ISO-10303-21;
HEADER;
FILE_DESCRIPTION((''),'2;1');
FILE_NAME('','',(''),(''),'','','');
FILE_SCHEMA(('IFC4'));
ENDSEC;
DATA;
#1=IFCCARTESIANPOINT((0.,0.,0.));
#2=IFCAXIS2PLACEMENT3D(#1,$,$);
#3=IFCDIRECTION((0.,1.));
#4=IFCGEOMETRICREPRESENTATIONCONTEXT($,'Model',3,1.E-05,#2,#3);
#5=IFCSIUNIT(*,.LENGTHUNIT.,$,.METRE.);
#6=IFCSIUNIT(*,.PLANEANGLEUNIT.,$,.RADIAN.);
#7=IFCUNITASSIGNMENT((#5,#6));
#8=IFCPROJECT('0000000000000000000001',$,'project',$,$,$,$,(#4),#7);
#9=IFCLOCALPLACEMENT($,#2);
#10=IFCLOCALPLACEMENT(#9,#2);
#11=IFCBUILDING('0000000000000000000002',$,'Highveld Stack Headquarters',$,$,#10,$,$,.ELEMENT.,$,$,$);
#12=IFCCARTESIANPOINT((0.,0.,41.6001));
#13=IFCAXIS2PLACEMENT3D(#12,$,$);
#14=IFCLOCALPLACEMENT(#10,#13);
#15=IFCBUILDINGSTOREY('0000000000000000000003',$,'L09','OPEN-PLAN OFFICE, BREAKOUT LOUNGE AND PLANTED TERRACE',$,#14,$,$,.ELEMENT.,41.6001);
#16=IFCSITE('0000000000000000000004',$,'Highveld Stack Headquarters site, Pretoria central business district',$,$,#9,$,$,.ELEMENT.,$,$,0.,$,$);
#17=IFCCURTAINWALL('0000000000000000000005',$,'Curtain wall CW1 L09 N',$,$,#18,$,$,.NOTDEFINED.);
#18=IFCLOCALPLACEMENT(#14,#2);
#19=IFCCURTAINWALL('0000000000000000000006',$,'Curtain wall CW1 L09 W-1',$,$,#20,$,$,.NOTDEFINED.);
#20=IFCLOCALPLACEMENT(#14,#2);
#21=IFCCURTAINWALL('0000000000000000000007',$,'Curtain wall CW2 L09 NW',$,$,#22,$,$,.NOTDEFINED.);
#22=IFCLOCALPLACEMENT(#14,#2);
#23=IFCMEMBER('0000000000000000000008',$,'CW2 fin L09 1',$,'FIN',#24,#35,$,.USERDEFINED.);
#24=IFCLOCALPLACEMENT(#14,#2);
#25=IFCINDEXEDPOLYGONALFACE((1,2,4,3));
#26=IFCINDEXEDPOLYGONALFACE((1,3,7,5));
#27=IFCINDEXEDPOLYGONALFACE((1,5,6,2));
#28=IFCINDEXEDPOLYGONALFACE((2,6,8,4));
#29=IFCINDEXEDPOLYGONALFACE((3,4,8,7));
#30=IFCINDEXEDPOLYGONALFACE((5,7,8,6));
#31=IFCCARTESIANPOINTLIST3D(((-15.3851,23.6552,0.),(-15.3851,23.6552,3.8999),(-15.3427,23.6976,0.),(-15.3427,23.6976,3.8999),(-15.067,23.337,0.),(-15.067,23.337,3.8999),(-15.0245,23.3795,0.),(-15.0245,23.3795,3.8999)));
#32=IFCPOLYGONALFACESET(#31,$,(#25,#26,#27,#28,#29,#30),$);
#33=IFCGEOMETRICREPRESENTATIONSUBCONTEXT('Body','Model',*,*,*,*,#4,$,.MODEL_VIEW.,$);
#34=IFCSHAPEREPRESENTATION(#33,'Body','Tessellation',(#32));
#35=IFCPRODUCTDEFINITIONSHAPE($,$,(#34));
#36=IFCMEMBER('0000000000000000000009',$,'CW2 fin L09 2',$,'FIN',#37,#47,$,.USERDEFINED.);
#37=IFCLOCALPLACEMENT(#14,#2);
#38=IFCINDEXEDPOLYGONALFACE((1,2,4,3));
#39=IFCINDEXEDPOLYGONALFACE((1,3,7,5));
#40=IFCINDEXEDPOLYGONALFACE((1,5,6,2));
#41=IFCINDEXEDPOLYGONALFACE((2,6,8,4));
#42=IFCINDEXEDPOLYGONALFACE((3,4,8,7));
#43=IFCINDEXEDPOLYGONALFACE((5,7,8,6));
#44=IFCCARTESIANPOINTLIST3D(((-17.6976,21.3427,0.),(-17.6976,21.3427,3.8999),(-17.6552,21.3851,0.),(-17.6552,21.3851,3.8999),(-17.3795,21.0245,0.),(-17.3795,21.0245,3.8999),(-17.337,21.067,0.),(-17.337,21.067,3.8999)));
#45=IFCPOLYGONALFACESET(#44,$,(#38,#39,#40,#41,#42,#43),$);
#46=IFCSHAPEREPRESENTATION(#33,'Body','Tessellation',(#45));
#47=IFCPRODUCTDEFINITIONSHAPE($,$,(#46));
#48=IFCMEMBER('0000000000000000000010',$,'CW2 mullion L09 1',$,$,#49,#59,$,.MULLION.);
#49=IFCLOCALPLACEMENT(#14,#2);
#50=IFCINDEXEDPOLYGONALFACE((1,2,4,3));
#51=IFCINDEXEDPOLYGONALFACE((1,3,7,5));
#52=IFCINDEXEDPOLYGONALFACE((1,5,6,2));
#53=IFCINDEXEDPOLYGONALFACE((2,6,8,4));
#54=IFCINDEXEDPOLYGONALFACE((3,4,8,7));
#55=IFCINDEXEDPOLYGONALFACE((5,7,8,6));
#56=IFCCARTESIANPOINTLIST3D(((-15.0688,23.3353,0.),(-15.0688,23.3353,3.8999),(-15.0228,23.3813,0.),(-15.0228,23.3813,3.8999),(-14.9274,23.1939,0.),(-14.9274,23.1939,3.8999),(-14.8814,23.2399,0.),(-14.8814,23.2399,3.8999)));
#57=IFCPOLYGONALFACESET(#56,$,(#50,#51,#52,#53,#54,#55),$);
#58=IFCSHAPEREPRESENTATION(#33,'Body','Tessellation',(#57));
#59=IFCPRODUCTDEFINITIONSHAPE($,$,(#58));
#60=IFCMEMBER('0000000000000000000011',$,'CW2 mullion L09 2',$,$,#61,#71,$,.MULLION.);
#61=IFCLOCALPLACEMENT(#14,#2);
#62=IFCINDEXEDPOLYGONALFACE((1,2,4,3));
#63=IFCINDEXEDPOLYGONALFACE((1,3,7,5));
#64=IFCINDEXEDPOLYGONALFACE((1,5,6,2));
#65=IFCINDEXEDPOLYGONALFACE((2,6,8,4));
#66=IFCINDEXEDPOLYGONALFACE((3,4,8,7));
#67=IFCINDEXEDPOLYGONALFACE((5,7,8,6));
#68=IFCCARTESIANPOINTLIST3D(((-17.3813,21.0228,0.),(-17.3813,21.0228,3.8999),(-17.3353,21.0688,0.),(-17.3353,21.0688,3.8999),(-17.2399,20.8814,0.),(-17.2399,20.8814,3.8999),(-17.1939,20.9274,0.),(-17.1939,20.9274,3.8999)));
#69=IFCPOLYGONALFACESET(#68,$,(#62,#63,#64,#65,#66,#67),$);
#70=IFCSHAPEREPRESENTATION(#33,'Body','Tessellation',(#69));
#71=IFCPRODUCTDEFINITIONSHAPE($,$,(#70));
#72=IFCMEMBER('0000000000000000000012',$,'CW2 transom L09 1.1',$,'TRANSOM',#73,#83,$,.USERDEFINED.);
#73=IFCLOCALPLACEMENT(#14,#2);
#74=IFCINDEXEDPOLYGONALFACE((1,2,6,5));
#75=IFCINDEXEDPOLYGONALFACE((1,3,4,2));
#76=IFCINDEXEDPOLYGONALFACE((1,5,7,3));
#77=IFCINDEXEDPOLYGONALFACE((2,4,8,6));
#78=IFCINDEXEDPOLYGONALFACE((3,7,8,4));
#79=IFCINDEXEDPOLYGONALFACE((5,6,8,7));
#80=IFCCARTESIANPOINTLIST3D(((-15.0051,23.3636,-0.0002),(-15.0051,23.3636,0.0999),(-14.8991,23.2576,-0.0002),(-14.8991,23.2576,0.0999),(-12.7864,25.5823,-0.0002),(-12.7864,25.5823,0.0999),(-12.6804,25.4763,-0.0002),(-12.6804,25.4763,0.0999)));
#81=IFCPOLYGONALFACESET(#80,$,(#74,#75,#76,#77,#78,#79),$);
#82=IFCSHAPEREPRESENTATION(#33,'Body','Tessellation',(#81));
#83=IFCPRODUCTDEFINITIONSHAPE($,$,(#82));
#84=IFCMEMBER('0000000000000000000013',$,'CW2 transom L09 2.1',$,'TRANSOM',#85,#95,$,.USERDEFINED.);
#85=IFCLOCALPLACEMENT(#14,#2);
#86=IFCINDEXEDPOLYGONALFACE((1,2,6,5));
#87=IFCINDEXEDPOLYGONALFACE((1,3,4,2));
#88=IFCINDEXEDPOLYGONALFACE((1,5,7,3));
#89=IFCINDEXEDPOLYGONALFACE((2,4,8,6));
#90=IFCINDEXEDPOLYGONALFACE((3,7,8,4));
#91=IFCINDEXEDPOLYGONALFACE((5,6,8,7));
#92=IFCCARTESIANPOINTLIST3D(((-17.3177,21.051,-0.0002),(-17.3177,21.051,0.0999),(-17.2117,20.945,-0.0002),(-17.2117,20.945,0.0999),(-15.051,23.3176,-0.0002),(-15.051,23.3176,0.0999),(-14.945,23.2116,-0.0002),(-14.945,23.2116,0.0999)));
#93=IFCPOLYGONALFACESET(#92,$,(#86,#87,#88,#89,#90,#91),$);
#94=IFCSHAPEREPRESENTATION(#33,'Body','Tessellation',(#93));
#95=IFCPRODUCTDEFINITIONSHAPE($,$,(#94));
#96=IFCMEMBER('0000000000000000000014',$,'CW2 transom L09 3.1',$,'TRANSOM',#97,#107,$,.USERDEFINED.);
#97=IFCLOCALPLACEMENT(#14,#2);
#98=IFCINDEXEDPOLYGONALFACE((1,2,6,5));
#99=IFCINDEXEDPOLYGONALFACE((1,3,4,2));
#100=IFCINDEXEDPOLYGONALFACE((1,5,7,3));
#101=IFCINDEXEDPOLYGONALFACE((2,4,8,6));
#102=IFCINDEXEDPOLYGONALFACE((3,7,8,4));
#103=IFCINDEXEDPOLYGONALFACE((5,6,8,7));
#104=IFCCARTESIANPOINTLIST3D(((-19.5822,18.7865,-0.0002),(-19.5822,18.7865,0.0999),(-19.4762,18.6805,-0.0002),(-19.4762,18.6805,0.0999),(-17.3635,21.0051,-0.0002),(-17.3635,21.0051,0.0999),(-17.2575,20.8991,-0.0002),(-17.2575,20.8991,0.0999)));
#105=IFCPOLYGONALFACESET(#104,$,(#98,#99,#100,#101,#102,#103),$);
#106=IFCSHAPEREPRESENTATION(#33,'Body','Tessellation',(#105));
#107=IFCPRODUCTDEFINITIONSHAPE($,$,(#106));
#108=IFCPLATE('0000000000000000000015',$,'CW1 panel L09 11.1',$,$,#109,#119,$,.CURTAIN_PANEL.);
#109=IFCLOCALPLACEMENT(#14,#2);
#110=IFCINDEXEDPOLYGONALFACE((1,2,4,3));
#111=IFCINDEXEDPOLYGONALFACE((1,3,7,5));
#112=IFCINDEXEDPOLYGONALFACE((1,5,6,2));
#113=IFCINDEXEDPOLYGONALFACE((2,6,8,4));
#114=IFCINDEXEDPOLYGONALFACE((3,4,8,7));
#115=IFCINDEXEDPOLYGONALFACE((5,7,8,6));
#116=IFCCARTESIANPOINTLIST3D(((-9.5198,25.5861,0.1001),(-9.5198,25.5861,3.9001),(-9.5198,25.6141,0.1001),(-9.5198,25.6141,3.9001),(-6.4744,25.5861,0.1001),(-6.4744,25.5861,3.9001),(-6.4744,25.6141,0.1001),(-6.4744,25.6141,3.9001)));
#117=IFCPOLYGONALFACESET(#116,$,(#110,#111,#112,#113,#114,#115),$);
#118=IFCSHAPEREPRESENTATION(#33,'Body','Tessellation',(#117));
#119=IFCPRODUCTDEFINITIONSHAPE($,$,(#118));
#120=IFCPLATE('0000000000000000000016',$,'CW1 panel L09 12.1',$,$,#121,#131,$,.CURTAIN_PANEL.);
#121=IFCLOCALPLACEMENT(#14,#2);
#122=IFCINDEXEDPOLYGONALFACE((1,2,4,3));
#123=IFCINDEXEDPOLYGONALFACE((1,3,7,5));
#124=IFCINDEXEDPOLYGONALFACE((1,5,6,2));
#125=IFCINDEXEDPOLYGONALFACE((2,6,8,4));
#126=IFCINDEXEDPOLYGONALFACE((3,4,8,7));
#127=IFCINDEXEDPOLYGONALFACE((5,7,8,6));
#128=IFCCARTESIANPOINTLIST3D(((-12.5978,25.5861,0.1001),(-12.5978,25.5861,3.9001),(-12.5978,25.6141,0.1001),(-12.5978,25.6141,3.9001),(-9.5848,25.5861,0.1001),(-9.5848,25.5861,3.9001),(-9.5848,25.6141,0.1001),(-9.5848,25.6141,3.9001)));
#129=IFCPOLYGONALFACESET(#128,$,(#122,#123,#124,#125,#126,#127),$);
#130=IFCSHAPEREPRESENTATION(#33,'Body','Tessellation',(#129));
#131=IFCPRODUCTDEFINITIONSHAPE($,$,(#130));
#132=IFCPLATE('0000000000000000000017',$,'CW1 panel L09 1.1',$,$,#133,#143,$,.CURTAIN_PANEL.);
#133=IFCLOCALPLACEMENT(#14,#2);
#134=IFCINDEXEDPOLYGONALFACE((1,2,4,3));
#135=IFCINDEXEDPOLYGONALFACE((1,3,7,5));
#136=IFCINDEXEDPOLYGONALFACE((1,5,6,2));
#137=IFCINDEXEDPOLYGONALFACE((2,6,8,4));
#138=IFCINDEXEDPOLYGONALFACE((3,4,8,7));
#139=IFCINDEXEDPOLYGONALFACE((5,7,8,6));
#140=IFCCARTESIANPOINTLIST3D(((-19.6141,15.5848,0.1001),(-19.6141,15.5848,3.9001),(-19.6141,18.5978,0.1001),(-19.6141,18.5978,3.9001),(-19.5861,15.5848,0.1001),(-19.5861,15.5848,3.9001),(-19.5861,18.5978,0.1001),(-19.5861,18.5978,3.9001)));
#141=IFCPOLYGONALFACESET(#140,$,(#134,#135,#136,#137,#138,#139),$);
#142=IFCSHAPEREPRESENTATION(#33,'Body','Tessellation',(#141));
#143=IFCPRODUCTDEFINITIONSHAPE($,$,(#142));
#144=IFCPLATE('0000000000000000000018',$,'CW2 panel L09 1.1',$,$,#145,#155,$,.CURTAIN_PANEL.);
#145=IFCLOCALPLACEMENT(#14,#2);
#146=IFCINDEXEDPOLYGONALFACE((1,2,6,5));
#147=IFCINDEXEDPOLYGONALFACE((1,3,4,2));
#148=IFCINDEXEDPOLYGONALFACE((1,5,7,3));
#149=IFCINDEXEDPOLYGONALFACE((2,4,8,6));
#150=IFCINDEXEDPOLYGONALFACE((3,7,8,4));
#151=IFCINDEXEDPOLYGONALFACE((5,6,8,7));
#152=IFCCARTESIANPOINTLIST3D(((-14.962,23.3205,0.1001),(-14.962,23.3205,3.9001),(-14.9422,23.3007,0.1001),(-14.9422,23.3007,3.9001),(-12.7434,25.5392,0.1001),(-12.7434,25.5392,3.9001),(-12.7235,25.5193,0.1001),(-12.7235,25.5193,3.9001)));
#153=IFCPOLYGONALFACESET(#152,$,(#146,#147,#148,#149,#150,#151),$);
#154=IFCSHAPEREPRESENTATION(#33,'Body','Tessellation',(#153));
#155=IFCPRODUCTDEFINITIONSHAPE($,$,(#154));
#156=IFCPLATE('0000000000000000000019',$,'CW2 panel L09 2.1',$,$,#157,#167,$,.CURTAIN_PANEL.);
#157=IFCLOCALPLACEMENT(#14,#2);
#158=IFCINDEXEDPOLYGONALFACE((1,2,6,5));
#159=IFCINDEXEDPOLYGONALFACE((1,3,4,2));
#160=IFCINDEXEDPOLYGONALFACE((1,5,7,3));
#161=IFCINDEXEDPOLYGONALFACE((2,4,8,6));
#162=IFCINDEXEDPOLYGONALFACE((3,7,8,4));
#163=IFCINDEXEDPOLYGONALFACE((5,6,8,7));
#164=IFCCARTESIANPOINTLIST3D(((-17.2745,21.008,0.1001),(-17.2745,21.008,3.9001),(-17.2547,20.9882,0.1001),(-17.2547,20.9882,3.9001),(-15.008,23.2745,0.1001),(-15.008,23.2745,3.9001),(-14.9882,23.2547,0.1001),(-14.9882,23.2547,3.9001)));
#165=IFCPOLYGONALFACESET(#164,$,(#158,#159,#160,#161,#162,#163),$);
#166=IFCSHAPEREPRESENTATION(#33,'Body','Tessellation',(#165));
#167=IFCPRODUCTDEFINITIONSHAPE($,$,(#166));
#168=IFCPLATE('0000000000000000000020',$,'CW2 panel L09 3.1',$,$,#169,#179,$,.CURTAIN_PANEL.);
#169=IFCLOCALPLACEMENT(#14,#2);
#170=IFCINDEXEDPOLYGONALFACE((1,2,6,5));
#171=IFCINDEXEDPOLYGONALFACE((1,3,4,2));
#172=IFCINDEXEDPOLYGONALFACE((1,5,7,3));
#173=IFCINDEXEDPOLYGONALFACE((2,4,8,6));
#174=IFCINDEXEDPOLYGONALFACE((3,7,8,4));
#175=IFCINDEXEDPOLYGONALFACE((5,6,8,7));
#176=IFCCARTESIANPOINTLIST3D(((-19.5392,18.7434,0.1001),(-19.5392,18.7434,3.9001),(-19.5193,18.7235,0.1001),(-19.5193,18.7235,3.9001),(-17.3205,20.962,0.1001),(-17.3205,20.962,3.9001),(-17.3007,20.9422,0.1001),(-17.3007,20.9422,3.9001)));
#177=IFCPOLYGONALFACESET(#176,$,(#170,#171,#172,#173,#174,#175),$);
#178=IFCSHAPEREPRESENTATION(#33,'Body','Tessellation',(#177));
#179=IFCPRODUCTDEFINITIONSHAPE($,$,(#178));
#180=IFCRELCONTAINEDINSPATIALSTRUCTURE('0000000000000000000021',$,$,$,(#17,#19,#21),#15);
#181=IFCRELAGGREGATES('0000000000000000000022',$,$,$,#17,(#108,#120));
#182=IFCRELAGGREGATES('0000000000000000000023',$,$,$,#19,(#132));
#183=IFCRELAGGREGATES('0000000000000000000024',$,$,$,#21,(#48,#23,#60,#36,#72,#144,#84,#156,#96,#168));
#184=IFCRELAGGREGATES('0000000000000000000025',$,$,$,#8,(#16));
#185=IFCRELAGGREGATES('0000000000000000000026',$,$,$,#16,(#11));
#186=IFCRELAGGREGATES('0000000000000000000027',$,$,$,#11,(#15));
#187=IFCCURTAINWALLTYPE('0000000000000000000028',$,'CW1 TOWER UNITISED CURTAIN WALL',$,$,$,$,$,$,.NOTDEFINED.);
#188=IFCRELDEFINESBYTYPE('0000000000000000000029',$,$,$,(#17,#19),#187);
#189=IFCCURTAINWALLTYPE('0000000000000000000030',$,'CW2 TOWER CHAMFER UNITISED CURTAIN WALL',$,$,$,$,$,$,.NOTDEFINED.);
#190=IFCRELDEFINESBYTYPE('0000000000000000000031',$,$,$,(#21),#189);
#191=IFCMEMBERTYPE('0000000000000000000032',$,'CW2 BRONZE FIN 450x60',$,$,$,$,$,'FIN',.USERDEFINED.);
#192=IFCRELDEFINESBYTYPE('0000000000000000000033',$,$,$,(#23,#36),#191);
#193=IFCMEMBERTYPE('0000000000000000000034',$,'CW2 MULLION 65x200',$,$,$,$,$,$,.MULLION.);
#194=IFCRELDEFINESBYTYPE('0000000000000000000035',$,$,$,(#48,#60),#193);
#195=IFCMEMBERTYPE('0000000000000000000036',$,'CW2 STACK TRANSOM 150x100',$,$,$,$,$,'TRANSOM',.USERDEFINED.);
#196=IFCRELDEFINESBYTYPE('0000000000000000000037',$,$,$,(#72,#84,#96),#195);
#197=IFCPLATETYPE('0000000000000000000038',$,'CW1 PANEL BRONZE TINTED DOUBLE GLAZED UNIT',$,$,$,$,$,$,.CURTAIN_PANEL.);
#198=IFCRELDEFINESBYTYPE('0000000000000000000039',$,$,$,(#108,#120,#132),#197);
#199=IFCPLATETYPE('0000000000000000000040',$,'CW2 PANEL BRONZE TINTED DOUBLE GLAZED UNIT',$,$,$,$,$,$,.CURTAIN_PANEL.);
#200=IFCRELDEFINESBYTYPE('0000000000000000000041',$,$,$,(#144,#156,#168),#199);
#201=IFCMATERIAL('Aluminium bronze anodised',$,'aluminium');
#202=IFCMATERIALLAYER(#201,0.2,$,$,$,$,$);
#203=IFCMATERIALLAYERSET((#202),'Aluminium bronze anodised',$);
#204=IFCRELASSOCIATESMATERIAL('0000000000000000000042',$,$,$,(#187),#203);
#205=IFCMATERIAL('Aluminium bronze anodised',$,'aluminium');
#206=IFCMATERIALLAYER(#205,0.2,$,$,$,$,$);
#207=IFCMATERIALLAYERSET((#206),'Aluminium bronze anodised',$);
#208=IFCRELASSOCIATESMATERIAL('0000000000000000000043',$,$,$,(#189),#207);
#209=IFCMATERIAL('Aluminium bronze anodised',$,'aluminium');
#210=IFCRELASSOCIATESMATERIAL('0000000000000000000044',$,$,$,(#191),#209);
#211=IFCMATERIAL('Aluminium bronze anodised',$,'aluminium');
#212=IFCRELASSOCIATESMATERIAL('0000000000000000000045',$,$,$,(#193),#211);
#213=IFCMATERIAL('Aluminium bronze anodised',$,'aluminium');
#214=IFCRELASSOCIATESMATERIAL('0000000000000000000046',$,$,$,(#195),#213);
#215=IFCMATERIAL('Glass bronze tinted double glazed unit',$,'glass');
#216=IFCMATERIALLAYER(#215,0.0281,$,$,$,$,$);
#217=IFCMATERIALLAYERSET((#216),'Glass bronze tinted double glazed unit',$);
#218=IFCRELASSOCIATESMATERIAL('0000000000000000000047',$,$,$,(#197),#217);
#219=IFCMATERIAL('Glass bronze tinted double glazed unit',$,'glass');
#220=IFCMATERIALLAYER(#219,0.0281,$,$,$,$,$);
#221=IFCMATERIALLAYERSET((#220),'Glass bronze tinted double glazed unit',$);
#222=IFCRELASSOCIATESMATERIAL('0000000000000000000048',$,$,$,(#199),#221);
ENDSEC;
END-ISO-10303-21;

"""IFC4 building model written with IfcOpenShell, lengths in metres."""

from ifc_helpers import new_model, si_unit, direction, frame, origin, origin_2d, place, context, subcontext, project, spatial, rectangle, extrude, material, layer, layer_set, material_profile, profile_set, type_object, element, aggregate, save


model = new_model("IFC4")

# Units and contexts
model_context = context("Model", 3, precision=1e-05, world=origin(), true_north=direction((0.0, 1.0)))
body_context = subcontext(model_context, "Body", "Model", "MODEL_VIEW")
ifc_project = project(units=[si_unit("LENGTHUNIT", "METRE"), si_unit("PLANEANGLEUNIT", "RADIAN")], contexts=[model_context])

# Site, building, storey
site_placement = place(None, origin())
site = spatial("IfcSite", under=ifc_project, at=site_placement, Name="Highveld Stack Headquarters site, Pretoria central business district", CompositionType="ELEMENT", RefElevation=0.0)
building_placement = place(site_placement, origin())
building = spatial("IfcBuilding", under=site, at=building_placement, Name="Highveld Stack Headquarters", CompositionType="ELEMENT")
storey_placement = place(building_placement, frame((0.0, 0.0, 41.6001)))
storey = spatial("IfcBuildingStorey", under=building, at=storey_placement, Name="L09", Description="OPEN-PLAN OFFICE, BREAKOUT LOUNGE AND PLANTED TERRACE", CompositionType="ELEMENT", Elevation=41.6001)

# Curtain walls
ifc_material_1 = material(Name="Aluminium bronze anodised", Category="aluminium")
ifc_layer_1 = layer(ifc_material_1, 0.2)
ifc_layer_set_1 = layer_set([ifc_layer_1], Name="Aluminium bronze anodised")
curtain_wall_type_1 = type_object("IfcCurtainWallType", Name="CW1 TOWER UNITISED CURTAIN WALL", PredefinedType="NOTDEFINED", material=ifc_layer_set_1)
curtain_wall_1_placement = place(storey_placement, origin())
curtain_wall_1 = element("IfcCurtainWall", 1, at=curtain_wall_1_placement, inside=storey, type_object=curtain_wall_type_1, Name="Curtain wall CW1 L09 N", PredefinedType="NOTDEFINED")
curtain_wall_2_placement = place(storey_placement, origin())
curtain_wall_2 = element("IfcCurtainWall", 2, at=curtain_wall_2_placement, inside=storey, type_object=curtain_wall_type_1, Name="Curtain wall CW1 L09 W-1", PredefinedType="NOTDEFINED")

# Curtain wall, members
ifc_material_2 = material(Name="Aluminium bronze anodised", Category="aluminium")
ifc_layer_2 = layer(ifc_material_2, 0.2)
ifc_layer_set_2 = layer_set([ifc_layer_2], Name="Aluminium bronze anodised")
curtain_wall_type_2 = type_object("IfcCurtainWallType", Name="CW2 TOWER CHAMFER UNITISED CURTAIN WALL", PredefinedType="NOTDEFINED", material=ifc_layer_set_2)
curtain_wall_3_placement = place(storey_placement, origin())
curtain_wall_3 = element("IfcCurtainWall", 3, at=curtain_wall_3_placement, inside=storey, type_object=curtain_wall_type_2, Name="Curtain wall CW2 L09 NW", PredefinedType="NOTDEFINED")
ifc_material_3 = material(Name="Aluminium bronze anodised", Category="aluminium")
ifc_material_profile_1 = material_profile(ifc_material_3, rectangle(XDim=0.45, YDim=0.0601, at=origin_2d()), Name="FIN 450x60")
ifc_profile_set_1 = profile_set([ifc_material_profile_1], Name="Aluminium bronze anodised")
member_type_1 = type_object("IfcMemberType", Name="CW2 BRONZE FIN 450x60", ElementType="FIN", PredefinedType="USERDEFINED", material=ifc_profile_set_1)
member_1_placement = place(storey_placement, frame((-15.2048, 23.5173, 0.0), z_axis=(0.0, 0.0, 1.0), x_axis=(0.707107, -0.707107, 0.0)))
member_1 = element("IfcMember", 4, at=member_1_placement, type_object=member_type_1, Name="CW2 fin L09 1", ObjectType="FIN", PredefinedType="USERDEFINED", context=body_context, shape_type="SweptSolid", body=[
    extrude(rectangle(XDim=0.45, YDim=0.0601, at=origin_2d()), origin(), (0.0, 0.0, 1.0), 3.8999),
])
member_2_placement = place(storey_placement, frame((-17.5173, 21.2048, 0.0), z_axis=(0.0, 0.0, 1.0), x_axis=(0.707107, -0.707107, 0.0)))
member_2 = element("IfcMember", 5, at=member_2_placement, type_object=member_type_1, Name="CW2 fin L09 2", ObjectType="FIN", PredefinedType="USERDEFINED", context=body_context, shape_type="SweptSolid", body=[
    extrude(rectangle(XDim=0.45, YDim=0.0601, at=origin_2d()), origin(), (0.0, 0.0, 1.0), 3.8999),
])
ifc_material_4 = material(Name="Aluminium bronze anodised", Category="aluminium")
ifc_material_profile_2 = material_profile(ifc_material_4, rectangle(XDim=0.2, YDim=0.0649, at=origin_2d()), Name="CW2 MULLION 65x200")
ifc_profile_set_2 = profile_set([ifc_material_profile_2], Name="Aluminium bronze anodised")
member_type_2 = type_object("IfcMemberType", Name="CW2 MULLION 65x200", PredefinedType="MULLION", material=ifc_profile_set_2)
member_3_placement = place(storey_placement, frame((-14.9751, 23.2876, 0.0), z_axis=(0.0, 0.0, 1.0), x_axis=(0.707107, -0.707107, 0.0)))
member_3 = element("IfcMember", 6, at=member_3_placement, type_object=member_type_2, Name="CW2 mullion L09 1", PredefinedType="MULLION", context=body_context, shape_type="SweptSolid", body=[
    extrude(rectangle(XDim=0.2, YDim=0.0649, at=origin_2d()), origin(), (0.0, 0.0, 1.0), 3.8999),
])
member_4_placement = place(storey_placement, frame((-17.2876, 20.9751, 0.0), z_axis=(0.0, 0.0, 1.0), x_axis=(0.707107, -0.707107, 0.0)))
member_4 = element("IfcMember", 7, at=member_4_placement, type_object=member_type_2, Name="CW2 mullion L09 2", PredefinedType="MULLION", context=body_context, shape_type="SweptSolid", body=[
    extrude(rectangle(XDim=0.2, YDim=0.0649, at=origin_2d()), origin(), (0.0, 0.0, 1.0), 3.8999),
])
ifc_material_5 = material(Name="Aluminium bronze anodised", Category="aluminium")
ifc_material_profile_3 = material_profile(ifc_material_5, rectangle(XDim=0.1499, YDim=0.1001, at=origin_2d()), Name="CW2 TRANSOM 150x100")
ifc_profile_set_3 = profile_set([ifc_material_profile_3], Name="Aluminium bronze anodised")
member_type_3 = type_object("IfcMemberType", Name="CW2 STACK TRANSOM 150x100", ElementType="TRANSOM", PredefinedType="USERDEFINED", material=ifc_profile_set_3)
member_5_placement = place(storey_placement, frame((-12.7334, 25.5293, 0.0498), z_axis=(-0.707107, -0.707107, 0.0), x_axis=(0.707107, -0.707107, 0.0)))
member_5 = element("IfcMember", 8, at=member_5_placement, type_object=member_type_3, Name="CW2 transom L09 1.1", ObjectType="TRANSOM", PredefinedType="USERDEFINED", context=body_context, shape_type="SweptSolid", body=[
    extrude(rectangle(XDim=0.1499, YDim=0.1001, at=origin_2d()), origin(), (0.0, 0.0, 1.0), 3.1377),
])
member_6_placement = place(storey_placement, frame((-14.998, 23.2646, 0.0498), z_axis=(-0.707107, -0.707107, 0.0), x_axis=(0.707107, -0.707107, 0.0)))
member_6 = element("IfcMember", 9, at=member_6_placement, type_object=member_type_3, Name="CW2 transom L09 2.1", ObjectType="TRANSOM", PredefinedType="USERDEFINED", context=body_context, shape_type="SweptSolid", body=[
    extrude(rectangle(XDim=0.1499, YDim=0.1001, at=origin_2d()), origin(), (0.0, 0.0, 1.0), 3.2056),
])
member_7_placement = place(storey_placement, frame((-17.3105, 20.9521, 0.0498), z_axis=(-0.707107, -0.707107, 0.0), x_axis=(0.707107, -0.707107, 0.0)))
member_7 = element("IfcMember", 10, at=member_7_placement, type_object=member_type_3, Name="CW2 transom L09 3.1", ObjectType="TRANSOM", PredefinedType="USERDEFINED", context=body_context, shape_type="SweptSolid", body=[
    extrude(rectangle(XDim=0.1499, YDim=0.1001, at=origin_2d()), origin(), (0.0, 0.0, 1.0), 3.1377),
])

# Plates
ifc_material_6 = material(Name="Glass bronze tinted double glazed unit", Category="glass")
ifc_layer_3 = layer(ifc_material_6, 0.0281)
ifc_layer_set_3 = layer_set([ifc_layer_3], Name="Glass bronze tinted double glazed unit")
plate_type_1 = type_object("IfcPlateType", Name="CW1 PANEL BRONZE TINTED DOUBLE GLAZED UNIT", PredefinedType="CURTAIN_PANEL", material=ifc_layer_set_3)
plate_1_placement = place(storey_placement, frame((-7.9971, 25.6001, 0.1001), z_axis=(0.0, 0.0, 1.0), x_axis=(-1.0, 0.0, 0.0)))
plate_1 = element("IfcPlate", 11, at=plate_1_placement, type_object=plate_type_1, Name="CW1 panel L09 11.1", PredefinedType="CURTAIN_PANEL", context=body_context, shape_type="SweptSolid", body=[
    extrude(rectangle(XDim=3.0454, YDim=0.0281, at=origin_2d()), origin(), (0.0, 0.0, 1.0), 3.8),
])
plate_2_placement = place(storey_placement, frame((-11.0913, 25.6001, 0.1001), z_axis=(0.0, 0.0, 1.0), x_axis=(-1.0, 0.0, 0.0)))
plate_2 = element("IfcPlate", 12, at=plate_2_placement, type_object=plate_type_1, Name="CW1 panel L09 12.1", PredefinedType="CURTAIN_PANEL", context=body_context, shape_type="SweptSolid", body=[
    extrude(rectangle(XDim=3.0129, YDim=0.0281, at=origin_2d()), origin(), (0.0, 0.0, 1.0), 3.8),
])
aggregate(curtain_wall_1, [plate_1, plate_2])
plate_3_placement = place(storey_placement, frame((-19.6001, 17.0913, 0.1001), z_axis=(0.0, 0.0, 1.0), x_axis=(0.0, -1.0, 0.0)))
plate_3 = element("IfcPlate", 13, at=plate_3_placement, type_object=plate_type_1, Name="CW1 panel L09 1.1", PredefinedType="CURTAIN_PANEL", context=body_context, shape_type="SweptSolid", body=[
    extrude(rectangle(XDim=3.0129, YDim=0.0281, at=origin_2d()), origin(), (0.0, 0.0, 1.0), 3.8),
])
aggregate(curtain_wall_2, [plate_3])
ifc_material_7 = material(Name="Glass bronze tinted double glazed unit", Category="glass")
ifc_layer_4 = layer(ifc_material_7, 0.0281)
ifc_layer_set_4 = layer_set([ifc_layer_4], Name="Glass bronze tinted double glazed unit")
plate_type_2 = type_object("IfcPlateType", Name="CW2 PANEL BRONZE TINTED DOUBLE GLAZED UNIT", PredefinedType="CURTAIN_PANEL", material=ifc_layer_set_4)
plate_4_placement = place(storey_placement, frame((-13.8428, 24.4199, 0.1001), z_axis=(0.0, 0.0, 1.0), x_axis=(-0.707107, -0.707107, 0.0)))
plate_4 = element("IfcPlate", 14, at=plate_4_placement, type_object=plate_type_2, Name="CW2 panel L09 1.1", PredefinedType="CURTAIN_PANEL", context=body_context, shape_type="SweptSolid", body=[
    extrude(rectangle(XDim=3.1377, YDim=0.0281, at=origin_2d()), origin(), (0.0, 0.0, 1.0), 3.8),
])
plate_5_placement = place(storey_placement, frame((-16.1313, 22.1313, 0.1001), z_axis=(0.0, 0.0, 1.0), x_axis=(-0.707107, -0.707107, 0.0)))
plate_5 = element("IfcPlate", 15, at=plate_5_placement, type_object=plate_type_2, Name="CW2 panel L09 2.1", PredefinedType="CURTAIN_PANEL", context=body_context, shape_type="SweptSolid", body=[
    extrude(rectangle(XDim=3.2053, YDim=0.0281, at=origin_2d()), origin(), (0.0, 0.0, 1.0), 3.8),
])
plate_6_placement = place(storey_placement, frame((-18.4199, 19.8428, 0.1001), z_axis=(0.0, 0.0, 1.0), x_axis=(-0.707107, -0.707107, 0.0)))
plate_6 = element("IfcPlate", 16, at=plate_6_placement, type_object=plate_type_2, Name="CW2 panel L09 3.1", PredefinedType="CURTAIN_PANEL", context=body_context, shape_type="SweptSolid", body=[
    extrude(rectangle(XDim=3.1377, YDim=0.0281, at=origin_2d()), origin(), (0.0, 0.0, 1.0), 3.8),
])
aggregate(curtain_wall_3, [member_3, member_1, member_4, member_2, member_5, plate_4, member_6, plate_5, member_7, plate_6])

save(model, "model.ifc")
